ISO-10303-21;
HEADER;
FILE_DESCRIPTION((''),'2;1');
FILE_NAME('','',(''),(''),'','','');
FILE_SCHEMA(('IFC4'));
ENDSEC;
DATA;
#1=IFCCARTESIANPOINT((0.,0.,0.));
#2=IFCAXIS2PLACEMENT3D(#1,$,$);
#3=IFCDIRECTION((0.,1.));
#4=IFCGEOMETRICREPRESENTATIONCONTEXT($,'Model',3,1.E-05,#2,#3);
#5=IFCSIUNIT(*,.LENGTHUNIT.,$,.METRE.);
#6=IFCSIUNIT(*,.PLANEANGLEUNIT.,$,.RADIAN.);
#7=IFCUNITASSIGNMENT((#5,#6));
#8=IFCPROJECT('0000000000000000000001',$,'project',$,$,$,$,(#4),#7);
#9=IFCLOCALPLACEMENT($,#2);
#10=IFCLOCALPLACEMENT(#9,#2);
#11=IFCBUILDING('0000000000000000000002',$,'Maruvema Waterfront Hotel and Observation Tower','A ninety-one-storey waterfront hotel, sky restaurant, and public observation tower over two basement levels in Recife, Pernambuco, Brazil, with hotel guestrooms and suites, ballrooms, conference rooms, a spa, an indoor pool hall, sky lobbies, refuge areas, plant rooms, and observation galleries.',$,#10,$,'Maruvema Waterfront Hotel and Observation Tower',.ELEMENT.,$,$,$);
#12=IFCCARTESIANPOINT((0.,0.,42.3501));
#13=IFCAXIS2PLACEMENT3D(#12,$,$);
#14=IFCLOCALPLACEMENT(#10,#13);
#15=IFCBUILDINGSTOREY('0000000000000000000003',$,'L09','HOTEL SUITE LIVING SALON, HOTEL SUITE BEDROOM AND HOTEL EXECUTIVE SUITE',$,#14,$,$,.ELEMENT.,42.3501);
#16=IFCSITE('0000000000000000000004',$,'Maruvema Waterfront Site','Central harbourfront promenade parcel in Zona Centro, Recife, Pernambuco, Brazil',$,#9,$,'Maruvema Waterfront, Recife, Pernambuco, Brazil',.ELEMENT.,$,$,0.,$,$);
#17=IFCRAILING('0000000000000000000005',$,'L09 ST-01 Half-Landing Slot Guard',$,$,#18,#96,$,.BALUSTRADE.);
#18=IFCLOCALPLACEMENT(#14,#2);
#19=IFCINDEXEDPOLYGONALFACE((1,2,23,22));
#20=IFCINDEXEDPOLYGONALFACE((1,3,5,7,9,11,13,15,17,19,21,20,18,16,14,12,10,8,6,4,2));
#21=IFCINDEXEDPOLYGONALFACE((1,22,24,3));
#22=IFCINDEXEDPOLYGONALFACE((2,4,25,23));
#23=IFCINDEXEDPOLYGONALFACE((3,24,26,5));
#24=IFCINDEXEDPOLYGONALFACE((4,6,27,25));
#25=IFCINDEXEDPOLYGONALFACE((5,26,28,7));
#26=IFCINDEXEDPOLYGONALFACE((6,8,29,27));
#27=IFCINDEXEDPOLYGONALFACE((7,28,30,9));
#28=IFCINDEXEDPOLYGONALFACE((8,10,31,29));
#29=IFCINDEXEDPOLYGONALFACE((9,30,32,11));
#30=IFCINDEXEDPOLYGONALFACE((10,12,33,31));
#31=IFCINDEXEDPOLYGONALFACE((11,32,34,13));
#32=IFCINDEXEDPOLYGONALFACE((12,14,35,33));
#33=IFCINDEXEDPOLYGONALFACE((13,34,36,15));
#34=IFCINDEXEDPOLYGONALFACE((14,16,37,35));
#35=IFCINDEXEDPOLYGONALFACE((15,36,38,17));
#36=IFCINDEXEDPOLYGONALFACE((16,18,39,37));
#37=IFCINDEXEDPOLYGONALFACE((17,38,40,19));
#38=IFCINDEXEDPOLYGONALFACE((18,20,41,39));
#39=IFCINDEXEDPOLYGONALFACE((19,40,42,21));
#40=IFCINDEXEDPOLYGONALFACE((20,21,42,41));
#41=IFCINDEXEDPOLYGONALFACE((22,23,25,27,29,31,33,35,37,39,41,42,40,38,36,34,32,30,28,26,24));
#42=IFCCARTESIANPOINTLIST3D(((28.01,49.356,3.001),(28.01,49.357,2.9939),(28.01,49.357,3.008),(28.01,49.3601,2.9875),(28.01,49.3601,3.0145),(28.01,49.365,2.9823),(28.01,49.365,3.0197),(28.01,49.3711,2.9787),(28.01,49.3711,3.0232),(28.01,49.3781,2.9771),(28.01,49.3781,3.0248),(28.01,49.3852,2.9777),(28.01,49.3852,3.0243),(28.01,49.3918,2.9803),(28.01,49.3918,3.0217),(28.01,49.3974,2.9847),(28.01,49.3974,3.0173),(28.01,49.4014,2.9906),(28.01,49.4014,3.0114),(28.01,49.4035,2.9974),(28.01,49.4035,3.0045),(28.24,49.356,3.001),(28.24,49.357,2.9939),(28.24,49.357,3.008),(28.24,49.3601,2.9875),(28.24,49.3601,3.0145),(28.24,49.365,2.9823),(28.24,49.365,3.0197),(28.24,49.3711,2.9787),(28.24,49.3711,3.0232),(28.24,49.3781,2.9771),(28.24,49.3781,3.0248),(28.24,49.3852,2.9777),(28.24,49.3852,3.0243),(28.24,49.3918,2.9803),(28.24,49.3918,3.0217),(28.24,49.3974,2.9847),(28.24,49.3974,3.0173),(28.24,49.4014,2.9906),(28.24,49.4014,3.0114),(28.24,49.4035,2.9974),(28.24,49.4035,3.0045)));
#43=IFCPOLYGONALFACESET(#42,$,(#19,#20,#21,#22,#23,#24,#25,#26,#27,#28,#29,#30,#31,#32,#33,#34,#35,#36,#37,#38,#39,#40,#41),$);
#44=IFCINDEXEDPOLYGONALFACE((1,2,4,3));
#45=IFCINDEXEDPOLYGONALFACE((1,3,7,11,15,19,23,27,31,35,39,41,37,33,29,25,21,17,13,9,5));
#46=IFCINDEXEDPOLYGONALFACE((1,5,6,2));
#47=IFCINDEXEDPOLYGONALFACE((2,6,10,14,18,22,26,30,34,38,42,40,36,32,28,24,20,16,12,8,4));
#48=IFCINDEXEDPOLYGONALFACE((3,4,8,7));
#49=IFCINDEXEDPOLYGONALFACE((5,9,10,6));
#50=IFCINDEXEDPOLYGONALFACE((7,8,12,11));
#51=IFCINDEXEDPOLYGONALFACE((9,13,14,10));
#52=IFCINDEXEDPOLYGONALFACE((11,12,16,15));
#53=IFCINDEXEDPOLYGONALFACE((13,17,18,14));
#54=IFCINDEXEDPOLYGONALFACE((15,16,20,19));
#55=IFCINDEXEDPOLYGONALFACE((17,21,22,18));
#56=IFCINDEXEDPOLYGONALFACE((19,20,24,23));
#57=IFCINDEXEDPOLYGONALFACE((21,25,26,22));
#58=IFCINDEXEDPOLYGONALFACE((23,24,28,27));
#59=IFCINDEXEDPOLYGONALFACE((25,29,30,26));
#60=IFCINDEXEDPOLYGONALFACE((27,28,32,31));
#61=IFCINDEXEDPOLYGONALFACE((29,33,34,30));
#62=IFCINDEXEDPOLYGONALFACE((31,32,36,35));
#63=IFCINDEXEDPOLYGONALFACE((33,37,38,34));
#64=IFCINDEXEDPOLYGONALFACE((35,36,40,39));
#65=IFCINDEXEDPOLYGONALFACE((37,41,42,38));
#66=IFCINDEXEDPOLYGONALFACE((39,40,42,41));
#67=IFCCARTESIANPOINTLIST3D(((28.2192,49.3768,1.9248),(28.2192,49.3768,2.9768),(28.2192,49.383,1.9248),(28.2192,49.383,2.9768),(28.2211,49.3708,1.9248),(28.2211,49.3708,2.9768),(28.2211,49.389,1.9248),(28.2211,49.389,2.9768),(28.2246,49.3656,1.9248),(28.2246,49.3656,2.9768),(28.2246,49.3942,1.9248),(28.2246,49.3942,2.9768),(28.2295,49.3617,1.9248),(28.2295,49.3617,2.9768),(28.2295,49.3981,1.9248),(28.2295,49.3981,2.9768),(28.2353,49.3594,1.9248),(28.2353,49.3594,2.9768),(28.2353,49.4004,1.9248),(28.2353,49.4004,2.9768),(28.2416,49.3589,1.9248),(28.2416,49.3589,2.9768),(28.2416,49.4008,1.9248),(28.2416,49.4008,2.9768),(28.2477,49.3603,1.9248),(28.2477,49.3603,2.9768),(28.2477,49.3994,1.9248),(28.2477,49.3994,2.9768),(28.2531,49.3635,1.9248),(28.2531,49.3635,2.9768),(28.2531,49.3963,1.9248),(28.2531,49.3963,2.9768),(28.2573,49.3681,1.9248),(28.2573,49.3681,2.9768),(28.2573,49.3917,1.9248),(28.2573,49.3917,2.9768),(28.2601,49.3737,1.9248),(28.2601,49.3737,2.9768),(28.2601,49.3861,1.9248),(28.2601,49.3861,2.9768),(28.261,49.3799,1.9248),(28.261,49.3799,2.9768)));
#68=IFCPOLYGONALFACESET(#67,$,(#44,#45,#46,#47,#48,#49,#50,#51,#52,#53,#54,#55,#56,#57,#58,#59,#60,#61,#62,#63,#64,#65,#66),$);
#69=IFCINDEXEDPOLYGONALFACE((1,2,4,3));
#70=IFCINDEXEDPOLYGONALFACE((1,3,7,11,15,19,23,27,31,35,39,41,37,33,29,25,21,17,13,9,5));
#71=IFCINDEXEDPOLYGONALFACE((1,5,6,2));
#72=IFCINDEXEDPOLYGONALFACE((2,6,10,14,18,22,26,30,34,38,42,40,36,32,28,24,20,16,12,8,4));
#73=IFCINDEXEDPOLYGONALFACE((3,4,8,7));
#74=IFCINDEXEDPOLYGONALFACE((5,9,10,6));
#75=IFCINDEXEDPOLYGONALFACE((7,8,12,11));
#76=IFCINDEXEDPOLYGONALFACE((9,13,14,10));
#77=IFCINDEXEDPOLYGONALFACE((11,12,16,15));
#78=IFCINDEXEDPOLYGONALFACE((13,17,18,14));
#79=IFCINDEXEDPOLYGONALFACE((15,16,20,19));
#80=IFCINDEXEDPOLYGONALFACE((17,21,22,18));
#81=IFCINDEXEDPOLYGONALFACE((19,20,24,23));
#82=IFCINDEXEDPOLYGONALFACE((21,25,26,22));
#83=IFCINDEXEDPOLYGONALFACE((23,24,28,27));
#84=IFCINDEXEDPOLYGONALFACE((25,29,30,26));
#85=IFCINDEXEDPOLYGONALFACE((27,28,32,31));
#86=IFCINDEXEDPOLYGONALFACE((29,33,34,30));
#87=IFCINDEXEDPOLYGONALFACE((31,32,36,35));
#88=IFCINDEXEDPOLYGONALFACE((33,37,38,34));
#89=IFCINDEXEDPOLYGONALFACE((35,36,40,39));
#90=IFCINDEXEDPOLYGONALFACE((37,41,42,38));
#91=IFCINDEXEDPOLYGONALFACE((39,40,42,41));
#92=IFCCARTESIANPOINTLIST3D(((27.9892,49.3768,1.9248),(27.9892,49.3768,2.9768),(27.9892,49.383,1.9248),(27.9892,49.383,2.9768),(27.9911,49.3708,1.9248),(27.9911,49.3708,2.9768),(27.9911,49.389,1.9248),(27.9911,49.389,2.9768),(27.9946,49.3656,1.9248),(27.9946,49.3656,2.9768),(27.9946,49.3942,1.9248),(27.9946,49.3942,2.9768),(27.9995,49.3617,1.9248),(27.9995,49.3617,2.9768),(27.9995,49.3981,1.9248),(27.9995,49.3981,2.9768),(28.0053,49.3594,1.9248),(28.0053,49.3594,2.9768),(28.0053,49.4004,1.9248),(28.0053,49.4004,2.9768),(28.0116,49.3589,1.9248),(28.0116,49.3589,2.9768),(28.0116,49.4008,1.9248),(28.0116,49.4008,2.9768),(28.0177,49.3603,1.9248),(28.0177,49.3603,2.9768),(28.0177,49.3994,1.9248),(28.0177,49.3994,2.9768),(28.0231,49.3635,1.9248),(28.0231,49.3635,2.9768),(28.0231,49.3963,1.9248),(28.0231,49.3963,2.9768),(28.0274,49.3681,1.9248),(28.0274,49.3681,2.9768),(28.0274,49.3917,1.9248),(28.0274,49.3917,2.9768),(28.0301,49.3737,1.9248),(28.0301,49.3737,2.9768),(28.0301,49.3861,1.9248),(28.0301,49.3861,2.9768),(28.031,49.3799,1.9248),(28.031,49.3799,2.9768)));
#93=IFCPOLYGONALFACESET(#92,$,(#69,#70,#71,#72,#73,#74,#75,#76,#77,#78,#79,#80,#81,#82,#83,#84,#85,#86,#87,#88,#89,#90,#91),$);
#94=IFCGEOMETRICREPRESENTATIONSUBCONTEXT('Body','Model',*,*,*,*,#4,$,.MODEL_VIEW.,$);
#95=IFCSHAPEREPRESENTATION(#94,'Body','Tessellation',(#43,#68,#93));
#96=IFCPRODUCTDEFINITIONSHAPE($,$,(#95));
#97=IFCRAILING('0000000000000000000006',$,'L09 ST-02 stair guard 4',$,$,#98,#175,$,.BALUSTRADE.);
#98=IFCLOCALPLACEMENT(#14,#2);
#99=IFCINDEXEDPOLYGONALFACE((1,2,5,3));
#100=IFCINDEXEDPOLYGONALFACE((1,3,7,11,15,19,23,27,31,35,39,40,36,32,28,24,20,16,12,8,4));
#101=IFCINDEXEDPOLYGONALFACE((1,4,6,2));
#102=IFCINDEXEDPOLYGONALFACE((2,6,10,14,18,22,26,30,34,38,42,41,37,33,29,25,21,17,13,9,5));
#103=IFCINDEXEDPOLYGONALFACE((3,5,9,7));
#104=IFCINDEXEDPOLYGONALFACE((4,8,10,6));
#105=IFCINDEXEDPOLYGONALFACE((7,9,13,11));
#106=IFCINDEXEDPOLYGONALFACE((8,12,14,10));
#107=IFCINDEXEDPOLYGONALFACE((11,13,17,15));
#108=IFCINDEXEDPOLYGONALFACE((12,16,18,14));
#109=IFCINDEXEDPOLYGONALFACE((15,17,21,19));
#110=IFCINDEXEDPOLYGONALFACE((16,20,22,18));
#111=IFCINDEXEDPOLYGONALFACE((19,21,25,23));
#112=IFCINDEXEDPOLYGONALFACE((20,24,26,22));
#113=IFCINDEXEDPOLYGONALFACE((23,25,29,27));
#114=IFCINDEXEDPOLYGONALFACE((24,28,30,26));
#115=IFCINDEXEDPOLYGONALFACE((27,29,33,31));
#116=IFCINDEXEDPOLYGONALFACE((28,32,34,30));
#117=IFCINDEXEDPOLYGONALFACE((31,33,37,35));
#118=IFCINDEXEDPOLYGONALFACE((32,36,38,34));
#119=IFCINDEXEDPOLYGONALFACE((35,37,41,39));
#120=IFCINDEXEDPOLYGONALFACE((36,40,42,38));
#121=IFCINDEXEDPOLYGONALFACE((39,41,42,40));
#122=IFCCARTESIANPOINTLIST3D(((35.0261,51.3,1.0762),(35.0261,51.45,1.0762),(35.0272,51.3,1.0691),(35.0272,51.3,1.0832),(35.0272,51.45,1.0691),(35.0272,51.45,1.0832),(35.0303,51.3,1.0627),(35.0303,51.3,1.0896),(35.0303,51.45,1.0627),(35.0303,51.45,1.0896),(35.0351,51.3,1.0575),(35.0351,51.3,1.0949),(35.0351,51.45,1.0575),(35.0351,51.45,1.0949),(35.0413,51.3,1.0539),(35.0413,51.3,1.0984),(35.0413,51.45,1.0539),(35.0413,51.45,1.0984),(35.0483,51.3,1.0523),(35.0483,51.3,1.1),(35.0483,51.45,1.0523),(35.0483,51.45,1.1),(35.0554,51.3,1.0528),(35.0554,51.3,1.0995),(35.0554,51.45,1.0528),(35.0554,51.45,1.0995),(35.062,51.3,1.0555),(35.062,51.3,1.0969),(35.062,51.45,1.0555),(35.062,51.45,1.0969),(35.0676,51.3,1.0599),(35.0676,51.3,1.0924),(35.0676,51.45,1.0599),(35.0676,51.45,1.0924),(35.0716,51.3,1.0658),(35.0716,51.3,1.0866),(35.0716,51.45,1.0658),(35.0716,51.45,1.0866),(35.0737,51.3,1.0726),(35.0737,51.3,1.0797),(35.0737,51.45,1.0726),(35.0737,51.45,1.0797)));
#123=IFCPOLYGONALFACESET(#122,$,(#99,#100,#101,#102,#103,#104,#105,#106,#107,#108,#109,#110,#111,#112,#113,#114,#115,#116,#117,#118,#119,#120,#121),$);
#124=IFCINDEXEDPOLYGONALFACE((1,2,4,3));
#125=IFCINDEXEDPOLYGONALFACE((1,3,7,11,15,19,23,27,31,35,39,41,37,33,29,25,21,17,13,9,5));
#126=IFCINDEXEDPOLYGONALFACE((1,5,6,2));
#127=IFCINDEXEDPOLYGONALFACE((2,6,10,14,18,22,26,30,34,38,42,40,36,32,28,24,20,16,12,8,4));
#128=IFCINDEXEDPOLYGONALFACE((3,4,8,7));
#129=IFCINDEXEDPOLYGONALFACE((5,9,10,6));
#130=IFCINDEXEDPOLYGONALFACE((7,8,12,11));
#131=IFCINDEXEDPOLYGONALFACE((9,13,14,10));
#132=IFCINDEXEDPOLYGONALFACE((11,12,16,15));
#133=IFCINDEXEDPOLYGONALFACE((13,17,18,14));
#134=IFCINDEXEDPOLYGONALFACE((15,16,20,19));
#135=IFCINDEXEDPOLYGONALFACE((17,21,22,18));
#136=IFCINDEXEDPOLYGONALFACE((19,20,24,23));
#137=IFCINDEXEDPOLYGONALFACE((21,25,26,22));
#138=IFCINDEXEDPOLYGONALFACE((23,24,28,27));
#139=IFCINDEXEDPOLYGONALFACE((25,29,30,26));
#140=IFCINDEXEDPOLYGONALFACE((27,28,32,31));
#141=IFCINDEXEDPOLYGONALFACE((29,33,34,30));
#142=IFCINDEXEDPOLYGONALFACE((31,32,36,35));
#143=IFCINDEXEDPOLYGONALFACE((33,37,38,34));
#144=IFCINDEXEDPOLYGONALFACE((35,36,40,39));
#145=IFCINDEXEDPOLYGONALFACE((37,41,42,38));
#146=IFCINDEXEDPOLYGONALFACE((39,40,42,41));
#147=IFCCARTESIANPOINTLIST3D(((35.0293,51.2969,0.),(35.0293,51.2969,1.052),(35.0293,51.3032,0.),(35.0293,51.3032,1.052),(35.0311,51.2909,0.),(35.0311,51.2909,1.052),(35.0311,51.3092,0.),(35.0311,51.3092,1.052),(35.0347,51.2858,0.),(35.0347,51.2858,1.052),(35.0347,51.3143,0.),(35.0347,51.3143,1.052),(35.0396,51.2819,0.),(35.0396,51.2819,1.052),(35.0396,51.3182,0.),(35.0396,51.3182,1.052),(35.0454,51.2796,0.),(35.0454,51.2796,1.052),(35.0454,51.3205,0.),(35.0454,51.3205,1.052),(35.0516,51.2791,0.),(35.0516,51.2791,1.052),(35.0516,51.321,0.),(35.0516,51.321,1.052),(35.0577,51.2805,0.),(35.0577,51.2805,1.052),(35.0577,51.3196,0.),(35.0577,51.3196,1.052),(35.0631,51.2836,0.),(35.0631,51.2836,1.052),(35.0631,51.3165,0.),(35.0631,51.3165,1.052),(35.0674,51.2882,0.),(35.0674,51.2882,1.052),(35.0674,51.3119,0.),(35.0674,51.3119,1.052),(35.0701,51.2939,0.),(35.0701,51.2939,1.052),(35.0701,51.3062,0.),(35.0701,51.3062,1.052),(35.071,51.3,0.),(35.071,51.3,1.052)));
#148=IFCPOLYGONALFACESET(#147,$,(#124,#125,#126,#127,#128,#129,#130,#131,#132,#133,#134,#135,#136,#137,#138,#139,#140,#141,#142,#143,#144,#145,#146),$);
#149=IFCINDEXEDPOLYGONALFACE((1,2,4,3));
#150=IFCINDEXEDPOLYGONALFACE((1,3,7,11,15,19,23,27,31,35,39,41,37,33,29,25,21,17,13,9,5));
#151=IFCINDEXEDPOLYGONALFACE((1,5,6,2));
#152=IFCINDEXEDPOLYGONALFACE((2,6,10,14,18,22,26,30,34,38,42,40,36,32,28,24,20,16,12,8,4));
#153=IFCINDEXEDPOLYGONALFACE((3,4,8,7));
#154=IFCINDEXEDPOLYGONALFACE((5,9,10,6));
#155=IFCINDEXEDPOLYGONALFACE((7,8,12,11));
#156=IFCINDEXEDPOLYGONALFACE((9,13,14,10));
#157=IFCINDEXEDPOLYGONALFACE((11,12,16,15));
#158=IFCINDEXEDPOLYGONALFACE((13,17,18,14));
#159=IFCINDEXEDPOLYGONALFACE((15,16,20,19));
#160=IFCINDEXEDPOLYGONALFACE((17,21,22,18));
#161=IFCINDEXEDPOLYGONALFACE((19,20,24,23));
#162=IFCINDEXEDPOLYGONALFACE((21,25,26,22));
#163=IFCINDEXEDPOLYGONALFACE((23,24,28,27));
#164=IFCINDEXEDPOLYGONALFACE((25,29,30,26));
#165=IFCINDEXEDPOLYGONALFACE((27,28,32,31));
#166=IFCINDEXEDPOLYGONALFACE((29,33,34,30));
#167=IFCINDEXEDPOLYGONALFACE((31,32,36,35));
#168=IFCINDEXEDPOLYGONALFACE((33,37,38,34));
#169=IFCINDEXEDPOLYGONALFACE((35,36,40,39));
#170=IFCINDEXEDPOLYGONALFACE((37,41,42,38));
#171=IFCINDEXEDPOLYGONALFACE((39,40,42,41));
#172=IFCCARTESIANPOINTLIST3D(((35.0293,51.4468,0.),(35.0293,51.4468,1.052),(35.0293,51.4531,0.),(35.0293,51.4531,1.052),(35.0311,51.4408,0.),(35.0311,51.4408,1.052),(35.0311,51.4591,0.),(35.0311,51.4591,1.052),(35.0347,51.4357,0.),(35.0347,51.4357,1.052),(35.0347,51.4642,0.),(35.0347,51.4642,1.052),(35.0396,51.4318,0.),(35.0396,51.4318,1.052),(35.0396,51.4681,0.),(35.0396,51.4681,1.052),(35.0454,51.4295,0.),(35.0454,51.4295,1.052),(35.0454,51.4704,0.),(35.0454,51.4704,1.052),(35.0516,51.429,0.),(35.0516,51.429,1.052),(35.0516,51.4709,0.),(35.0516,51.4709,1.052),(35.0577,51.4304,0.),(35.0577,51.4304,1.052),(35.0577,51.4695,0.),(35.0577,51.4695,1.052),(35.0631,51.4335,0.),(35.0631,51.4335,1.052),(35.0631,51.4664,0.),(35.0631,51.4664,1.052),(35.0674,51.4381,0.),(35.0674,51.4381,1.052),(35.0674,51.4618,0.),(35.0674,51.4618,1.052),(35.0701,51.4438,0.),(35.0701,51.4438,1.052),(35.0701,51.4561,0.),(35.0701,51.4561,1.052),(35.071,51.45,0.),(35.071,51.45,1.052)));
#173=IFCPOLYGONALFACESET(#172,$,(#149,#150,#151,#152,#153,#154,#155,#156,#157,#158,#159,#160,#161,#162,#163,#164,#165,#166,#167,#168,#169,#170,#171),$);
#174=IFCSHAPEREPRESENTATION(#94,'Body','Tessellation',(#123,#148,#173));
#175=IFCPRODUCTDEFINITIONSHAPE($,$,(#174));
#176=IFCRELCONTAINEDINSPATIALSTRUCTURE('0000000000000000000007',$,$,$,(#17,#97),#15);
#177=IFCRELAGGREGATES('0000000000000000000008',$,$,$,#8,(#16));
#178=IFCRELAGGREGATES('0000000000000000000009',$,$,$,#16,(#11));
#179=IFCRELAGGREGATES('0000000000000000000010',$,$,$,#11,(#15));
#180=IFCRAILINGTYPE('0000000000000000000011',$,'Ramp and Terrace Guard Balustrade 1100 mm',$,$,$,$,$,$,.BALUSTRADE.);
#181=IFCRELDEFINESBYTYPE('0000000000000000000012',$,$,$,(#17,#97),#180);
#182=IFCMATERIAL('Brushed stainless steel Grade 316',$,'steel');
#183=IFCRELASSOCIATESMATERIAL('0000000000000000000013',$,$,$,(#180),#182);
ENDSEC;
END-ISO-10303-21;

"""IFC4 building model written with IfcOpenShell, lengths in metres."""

from ifc_helpers import new_model, si_unit, direction, frame, origin, origin_2d, place, context, subcontext, project, spatial, circle, extrude, material, type_object, element, save


model = new_model("IFC4")

# Units and contexts
model_context = context("Model", 3, precision=1e-05, world=origin(), true_north=direction((0.0, 1.0)))
body_context = subcontext(model_context, "Body", "Model", "MODEL_VIEW")
ifc_project = project(units=[si_unit("LENGTHUNIT", "METRE"), si_unit("PLANEANGLEUNIT", "RADIAN")], contexts=[model_context])

# Site, building, storey
site_placement = place(None, origin())
site = spatial("IfcSite", under=ifc_project, at=site_placement, Name="Maruvema Waterfront Site", Description="Central harbourfront promenade parcel in Zona Centro, Recife, Pernambuco, Brazil", LongName="Maruvema Waterfront, Recife, Pernambuco, Brazil", CompositionType="ELEMENT", RefElevation=0.0)
building_placement = place(site_placement, origin())
building = spatial("IfcBuilding", under=site, at=building_placement, Name="Maruvema Waterfront Hotel and Observation Tower", Description="A ninety-one-storey waterfront hotel, sky restaurant, and public observation tower over two basement levels in Recife, Pernambuco, Brazil, with hotel guestrooms and suites, ballrooms, conference rooms, a spa, an indoor pool hall, sky lobbies, refuge areas, plant rooms, and observation galleries.", LongName="Maruvema Waterfront Hotel and Observation Tower", CompositionType="ELEMENT")
storey_placement = place(building_placement, frame((0.0, 0.0, 42.3501)))
storey = spatial("IfcBuildingStorey", under=building, at=storey_placement, Name="L09", Description="HOTEL SUITE LIVING SALON, HOTEL SUITE BEDROOM AND HOTEL EXECUTIVE SUITE", CompositionType="ELEMENT", Elevation=42.3501)

# Railings
ifc_material_1 = material(Name="Brushed stainless steel Grade 316", Category="steel")
railing_type_1 = type_object("IfcRailingType", Name="Ramp and Terrace Guard Balustrade 1100 mm", PredefinedType="BALUSTRADE", material=ifc_material_1)
railing_1_placement = place(storey_placement, frame((28.24, 49.3799, 1.9248)))
element("IfcRailing", 1, at=railing_1_placement, inside=storey, type_object=railing_type_1, Name="L09 ST-01 Half-Landing Slot Guard", PredefinedType="BALUSTRADE", context=body_context, shape_type="SweptSolid", body=[
    extrude(circle(Radius=0.0239, at=origin_2d()), frame((0.0, 0.0, 1.0762), z_axis=(-1.0, 0.0, 0.0), x_axis=(0.0, -1.0, 0.0)), (0.0, 0.0, 1.0), 0.23),
    extrude(circle(Radius=0.021, at=origin_2d()), origin(), (0.0, 0.0, 1.0), 1.052),
    extrude(circle(Radius=0.021, at=origin_2d()), frame((-0.23, 0.0, 0.0)), (0.0, 0.0, 1.0), 1.052),
])
railing_2_placement = place(storey_placement, frame((35.05, 51.3, 0.0)))
element("IfcRailing", 2, at=railing_2_placement, inside=storey, type_object=railing_type_1, Name="L09 ST-02 stair guard 4", PredefinedType="BALUSTRADE", context=body_context, shape_type="SweptSolid", body=[
    extrude(circle(Radius=0.0239, at=origin_2d()), frame((0.0, 0.0, 1.0762), z_axis=(0.0, 1.0, 0.0), x_axis=(-1.0, 0.0, 0.0)), (0.0, 0.0, 1.0), 0.1499),
    extrude(circle(Radius=0.021, at=origin_2d()), origin(), (0.0, 0.0, 1.0), 1.052),
    extrude(circle(Radius=0.021, at=origin_2d()), frame((0.0, 0.1499, 0.0)), (0.0, 0.0, 1.0), 1.052),
])

save(model, "model.ifc")
